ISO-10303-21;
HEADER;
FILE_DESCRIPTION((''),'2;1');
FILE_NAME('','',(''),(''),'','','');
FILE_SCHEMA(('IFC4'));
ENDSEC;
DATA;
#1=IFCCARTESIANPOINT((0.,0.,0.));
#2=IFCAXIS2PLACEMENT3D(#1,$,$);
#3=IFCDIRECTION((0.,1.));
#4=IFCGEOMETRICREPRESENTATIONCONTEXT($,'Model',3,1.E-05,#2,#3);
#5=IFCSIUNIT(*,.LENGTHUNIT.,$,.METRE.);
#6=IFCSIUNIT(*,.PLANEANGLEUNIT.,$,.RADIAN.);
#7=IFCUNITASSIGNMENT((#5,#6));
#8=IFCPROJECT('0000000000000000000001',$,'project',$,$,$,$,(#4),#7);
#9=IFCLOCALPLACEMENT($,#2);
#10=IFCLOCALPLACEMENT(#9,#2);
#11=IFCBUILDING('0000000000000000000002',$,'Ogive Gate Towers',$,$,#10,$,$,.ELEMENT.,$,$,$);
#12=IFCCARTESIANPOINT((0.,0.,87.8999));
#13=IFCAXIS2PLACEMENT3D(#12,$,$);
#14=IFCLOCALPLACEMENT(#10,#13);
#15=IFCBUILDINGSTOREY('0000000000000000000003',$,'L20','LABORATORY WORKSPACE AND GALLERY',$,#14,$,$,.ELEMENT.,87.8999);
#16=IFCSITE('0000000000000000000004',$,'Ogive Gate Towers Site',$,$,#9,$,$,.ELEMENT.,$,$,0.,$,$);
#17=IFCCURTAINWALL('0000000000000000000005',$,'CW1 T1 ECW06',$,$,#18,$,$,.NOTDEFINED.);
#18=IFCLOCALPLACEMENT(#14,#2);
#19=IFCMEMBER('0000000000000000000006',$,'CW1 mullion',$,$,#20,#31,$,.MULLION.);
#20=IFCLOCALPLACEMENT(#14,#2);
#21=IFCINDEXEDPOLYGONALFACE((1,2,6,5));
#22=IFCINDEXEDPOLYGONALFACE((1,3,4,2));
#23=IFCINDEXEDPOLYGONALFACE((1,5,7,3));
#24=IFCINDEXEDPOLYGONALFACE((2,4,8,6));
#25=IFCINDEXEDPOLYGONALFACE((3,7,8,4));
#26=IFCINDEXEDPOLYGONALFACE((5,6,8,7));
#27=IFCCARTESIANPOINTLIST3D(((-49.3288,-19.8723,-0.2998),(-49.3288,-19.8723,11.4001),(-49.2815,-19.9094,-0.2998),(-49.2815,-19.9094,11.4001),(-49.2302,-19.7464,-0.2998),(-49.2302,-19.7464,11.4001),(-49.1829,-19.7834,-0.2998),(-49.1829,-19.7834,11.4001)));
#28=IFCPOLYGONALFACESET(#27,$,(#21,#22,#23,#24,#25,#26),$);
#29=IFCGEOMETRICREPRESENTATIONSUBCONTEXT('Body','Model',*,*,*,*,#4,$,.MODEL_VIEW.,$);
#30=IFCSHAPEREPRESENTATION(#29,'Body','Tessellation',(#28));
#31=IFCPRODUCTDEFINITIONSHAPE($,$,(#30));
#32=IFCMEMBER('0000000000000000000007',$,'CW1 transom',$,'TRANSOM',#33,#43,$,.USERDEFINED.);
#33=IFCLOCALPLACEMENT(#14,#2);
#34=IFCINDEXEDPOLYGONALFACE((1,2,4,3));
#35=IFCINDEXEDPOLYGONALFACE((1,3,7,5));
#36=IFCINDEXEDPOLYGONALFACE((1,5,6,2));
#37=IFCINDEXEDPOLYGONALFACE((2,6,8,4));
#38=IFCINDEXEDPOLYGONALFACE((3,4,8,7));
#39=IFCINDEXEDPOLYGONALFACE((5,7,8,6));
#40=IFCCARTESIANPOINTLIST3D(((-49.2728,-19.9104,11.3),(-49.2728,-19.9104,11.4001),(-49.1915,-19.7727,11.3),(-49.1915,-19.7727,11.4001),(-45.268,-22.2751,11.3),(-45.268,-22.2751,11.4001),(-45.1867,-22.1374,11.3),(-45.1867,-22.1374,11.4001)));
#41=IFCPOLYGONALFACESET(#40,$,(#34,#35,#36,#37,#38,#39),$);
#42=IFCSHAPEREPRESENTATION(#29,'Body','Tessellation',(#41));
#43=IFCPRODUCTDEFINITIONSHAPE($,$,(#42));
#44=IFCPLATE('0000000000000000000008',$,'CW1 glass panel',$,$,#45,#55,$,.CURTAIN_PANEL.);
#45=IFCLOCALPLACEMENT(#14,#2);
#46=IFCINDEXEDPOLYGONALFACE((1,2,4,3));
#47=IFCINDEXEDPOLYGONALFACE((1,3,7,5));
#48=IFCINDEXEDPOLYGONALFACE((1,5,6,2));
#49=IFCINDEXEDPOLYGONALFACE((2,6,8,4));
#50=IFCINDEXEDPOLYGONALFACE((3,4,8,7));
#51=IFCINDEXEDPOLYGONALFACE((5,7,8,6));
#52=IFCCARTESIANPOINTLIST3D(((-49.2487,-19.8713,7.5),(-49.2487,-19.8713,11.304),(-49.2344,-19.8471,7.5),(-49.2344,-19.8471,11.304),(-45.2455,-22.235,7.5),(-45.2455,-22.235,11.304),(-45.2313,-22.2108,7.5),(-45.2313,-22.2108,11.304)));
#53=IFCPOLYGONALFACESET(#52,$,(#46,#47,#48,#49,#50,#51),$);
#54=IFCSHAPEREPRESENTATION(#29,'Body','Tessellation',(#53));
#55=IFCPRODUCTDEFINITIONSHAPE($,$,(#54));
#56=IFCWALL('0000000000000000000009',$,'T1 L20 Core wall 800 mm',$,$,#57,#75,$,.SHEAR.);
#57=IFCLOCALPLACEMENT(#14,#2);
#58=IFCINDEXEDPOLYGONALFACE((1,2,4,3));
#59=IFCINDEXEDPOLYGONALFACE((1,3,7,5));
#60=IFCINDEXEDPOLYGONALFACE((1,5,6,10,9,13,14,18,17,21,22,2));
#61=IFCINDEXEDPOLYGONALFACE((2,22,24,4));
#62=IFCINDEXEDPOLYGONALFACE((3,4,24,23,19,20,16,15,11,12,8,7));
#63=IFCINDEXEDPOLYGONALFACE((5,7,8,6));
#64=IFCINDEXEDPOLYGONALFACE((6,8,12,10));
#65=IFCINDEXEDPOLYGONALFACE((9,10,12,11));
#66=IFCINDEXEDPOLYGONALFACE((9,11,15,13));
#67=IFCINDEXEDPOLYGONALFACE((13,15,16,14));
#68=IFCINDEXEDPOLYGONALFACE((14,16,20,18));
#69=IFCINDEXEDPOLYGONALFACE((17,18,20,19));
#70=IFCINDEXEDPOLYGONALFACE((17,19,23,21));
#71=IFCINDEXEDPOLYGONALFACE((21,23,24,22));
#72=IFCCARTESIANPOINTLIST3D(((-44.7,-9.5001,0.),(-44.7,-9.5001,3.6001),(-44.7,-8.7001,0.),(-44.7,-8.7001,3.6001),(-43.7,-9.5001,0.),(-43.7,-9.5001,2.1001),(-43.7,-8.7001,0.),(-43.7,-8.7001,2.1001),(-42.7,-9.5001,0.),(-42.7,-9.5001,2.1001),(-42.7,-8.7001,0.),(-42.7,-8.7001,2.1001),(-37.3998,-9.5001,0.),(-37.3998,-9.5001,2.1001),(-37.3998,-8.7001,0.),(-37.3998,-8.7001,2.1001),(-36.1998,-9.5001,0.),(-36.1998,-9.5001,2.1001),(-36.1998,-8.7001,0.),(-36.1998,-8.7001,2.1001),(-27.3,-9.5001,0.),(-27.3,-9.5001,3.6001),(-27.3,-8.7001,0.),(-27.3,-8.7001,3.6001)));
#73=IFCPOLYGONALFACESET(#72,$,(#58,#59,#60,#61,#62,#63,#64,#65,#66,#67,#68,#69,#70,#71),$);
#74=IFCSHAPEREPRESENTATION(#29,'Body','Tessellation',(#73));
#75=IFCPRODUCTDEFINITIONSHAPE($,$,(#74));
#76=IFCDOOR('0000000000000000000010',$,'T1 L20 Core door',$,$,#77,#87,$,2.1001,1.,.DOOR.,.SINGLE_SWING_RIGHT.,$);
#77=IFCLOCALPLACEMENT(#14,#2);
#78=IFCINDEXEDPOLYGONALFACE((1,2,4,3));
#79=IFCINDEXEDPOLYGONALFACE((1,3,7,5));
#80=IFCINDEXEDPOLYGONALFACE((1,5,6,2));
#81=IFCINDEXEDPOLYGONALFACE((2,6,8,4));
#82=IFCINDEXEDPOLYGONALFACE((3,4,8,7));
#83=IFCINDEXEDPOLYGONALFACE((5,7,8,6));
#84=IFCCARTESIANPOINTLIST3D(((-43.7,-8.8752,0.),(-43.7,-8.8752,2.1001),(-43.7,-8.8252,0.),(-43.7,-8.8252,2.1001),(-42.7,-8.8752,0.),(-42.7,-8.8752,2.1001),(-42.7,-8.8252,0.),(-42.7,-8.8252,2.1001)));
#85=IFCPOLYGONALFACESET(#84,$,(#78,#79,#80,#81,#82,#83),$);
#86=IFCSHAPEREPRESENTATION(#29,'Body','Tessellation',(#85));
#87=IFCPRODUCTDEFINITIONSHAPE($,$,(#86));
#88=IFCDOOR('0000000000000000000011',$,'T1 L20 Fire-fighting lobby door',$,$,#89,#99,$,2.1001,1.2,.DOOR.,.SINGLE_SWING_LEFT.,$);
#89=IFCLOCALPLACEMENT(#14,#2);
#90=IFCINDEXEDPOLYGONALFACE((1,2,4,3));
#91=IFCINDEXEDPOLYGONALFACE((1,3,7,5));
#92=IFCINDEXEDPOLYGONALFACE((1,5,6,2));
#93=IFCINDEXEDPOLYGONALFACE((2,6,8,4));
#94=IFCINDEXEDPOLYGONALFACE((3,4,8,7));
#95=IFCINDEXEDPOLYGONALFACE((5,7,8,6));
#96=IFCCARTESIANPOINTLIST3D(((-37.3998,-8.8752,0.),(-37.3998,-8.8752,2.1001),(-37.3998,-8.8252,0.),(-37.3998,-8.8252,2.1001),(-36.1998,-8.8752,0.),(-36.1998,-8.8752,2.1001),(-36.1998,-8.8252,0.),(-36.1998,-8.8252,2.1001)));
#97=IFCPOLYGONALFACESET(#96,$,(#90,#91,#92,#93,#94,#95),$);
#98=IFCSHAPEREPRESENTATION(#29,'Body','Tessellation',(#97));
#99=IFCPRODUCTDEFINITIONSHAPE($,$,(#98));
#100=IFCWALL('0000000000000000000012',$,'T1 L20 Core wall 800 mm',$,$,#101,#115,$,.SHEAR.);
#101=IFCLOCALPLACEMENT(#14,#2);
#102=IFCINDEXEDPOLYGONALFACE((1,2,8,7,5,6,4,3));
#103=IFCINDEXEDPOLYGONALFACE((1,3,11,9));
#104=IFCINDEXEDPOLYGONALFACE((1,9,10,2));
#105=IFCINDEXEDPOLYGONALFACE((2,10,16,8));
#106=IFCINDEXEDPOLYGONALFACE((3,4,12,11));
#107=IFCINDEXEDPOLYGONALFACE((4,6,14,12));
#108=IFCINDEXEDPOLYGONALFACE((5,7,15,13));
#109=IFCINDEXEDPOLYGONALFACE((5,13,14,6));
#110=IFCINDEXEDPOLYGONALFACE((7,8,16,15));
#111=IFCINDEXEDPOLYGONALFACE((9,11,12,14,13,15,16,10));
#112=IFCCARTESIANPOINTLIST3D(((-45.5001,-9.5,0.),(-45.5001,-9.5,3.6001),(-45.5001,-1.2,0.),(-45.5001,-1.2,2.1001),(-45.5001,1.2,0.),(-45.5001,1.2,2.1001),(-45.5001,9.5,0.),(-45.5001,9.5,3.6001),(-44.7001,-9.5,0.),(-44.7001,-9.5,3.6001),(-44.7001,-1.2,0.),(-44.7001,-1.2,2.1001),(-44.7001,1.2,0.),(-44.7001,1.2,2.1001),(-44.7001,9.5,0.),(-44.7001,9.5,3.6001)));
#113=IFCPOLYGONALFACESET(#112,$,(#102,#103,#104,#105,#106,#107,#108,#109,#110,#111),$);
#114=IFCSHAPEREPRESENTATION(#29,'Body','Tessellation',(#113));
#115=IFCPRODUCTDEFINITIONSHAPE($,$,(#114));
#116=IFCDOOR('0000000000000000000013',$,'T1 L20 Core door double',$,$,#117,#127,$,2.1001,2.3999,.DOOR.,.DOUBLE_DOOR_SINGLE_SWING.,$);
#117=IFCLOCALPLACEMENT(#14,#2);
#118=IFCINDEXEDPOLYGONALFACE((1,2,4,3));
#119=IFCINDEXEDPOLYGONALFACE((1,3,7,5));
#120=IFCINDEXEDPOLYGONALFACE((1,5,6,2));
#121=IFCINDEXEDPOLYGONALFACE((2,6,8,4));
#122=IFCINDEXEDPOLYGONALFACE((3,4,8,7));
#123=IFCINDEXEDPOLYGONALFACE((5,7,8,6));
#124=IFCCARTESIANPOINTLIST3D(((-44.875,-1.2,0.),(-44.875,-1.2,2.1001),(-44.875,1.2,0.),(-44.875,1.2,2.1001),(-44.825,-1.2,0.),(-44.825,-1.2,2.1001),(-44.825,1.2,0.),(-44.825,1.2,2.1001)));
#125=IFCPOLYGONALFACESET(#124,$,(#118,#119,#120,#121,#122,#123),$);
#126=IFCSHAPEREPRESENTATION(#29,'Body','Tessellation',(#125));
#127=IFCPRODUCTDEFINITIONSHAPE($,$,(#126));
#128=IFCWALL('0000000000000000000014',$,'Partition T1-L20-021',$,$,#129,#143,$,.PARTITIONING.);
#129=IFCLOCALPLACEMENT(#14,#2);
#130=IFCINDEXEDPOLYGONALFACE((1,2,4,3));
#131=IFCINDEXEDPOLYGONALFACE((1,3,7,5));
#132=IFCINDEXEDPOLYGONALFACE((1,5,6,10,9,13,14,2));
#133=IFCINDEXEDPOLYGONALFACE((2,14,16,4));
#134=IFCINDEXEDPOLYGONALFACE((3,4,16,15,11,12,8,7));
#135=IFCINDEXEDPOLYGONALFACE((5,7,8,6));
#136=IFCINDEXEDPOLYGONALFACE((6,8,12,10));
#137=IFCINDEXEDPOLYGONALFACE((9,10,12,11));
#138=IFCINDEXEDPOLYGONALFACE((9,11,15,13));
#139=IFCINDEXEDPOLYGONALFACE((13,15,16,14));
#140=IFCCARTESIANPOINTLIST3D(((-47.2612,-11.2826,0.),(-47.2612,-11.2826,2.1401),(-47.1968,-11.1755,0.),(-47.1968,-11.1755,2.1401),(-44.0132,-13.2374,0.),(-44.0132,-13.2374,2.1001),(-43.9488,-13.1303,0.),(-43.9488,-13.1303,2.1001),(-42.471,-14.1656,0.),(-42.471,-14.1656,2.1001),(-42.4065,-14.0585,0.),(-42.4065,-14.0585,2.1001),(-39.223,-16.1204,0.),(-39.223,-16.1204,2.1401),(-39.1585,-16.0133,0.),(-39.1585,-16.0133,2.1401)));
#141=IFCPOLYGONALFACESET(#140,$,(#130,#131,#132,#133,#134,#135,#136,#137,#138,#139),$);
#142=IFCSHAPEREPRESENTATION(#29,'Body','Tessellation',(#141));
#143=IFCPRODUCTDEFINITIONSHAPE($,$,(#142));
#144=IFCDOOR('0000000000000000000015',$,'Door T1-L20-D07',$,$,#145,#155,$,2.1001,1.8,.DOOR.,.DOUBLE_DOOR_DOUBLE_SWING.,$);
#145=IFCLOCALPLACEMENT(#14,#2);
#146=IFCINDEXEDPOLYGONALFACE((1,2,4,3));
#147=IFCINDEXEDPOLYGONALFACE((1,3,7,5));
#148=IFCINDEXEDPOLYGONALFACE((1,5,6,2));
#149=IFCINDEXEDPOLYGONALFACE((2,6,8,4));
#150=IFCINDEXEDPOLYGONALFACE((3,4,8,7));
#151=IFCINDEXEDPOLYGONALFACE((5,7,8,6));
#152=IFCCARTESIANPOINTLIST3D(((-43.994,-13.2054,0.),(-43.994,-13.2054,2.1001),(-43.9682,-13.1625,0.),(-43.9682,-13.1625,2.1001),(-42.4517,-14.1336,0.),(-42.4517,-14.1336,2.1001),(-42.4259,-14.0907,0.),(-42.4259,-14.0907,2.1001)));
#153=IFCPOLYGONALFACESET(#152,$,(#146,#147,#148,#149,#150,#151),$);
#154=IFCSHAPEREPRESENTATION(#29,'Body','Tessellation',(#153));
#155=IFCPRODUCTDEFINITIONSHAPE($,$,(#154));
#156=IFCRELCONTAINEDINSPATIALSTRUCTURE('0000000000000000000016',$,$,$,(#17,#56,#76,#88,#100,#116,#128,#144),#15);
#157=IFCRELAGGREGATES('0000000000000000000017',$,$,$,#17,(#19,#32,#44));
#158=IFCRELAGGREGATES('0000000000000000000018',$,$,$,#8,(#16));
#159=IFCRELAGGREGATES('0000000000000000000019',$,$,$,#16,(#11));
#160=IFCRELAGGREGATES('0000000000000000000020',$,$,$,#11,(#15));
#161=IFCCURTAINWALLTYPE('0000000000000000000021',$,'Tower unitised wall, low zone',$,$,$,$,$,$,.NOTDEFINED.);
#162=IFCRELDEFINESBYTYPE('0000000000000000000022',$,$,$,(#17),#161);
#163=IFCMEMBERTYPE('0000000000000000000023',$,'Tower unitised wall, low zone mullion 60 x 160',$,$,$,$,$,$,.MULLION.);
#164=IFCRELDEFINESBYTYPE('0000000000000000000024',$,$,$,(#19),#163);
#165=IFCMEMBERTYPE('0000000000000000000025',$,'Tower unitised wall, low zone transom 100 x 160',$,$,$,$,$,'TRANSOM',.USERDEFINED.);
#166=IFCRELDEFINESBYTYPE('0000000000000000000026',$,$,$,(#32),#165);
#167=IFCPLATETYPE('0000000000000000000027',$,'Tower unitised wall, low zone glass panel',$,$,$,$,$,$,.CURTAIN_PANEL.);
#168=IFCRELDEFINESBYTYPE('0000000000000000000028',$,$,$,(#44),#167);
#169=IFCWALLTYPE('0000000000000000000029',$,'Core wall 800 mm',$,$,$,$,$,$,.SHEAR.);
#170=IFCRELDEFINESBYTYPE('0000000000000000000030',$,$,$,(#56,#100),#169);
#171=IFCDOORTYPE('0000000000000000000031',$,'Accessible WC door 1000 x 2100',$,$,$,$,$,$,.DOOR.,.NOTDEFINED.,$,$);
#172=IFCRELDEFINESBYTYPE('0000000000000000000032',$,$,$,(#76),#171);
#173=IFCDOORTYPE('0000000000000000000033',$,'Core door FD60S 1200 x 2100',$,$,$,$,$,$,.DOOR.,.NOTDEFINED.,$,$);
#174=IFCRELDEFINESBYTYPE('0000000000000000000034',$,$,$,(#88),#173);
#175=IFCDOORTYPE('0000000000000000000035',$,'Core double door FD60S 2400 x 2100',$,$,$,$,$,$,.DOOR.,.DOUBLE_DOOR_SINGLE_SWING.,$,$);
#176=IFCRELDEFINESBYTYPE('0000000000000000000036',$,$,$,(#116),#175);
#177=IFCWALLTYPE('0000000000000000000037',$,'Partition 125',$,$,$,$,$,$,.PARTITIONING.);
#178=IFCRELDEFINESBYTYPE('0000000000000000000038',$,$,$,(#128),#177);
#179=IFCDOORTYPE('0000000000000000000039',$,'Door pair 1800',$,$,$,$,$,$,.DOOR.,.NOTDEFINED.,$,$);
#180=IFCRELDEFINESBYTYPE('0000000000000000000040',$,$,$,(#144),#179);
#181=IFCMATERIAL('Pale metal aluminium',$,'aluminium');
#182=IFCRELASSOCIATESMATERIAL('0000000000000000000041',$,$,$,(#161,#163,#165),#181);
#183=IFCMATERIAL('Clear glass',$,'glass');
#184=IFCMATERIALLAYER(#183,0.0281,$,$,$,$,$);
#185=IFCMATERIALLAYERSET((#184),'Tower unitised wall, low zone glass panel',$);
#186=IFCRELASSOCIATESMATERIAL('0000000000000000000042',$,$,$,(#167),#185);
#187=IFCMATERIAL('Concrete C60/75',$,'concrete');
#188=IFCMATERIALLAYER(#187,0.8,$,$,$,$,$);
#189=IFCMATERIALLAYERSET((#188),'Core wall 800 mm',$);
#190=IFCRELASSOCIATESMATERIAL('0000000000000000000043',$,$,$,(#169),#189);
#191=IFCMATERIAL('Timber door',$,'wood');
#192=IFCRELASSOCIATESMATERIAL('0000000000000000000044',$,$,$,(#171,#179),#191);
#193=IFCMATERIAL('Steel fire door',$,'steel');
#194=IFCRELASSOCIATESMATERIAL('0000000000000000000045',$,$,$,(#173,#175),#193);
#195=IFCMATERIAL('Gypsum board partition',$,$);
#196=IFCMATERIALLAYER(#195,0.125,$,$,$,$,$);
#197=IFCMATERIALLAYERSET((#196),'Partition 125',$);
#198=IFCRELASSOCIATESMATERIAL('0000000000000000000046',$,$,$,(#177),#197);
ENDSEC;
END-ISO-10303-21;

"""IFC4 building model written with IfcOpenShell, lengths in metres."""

from ifc_helpers import new_model, si_unit, direction, frame, frame_2d, origin, origin_2d, place, context, subcontext, project, spatial, rectangle, extrude, material, layer, layer_set, material_profile, profile_set, type_object, element, fill, aggregate, save


model = new_model("IFC4")

# Units and contexts
model_context = context("Model", 3, precision=1e-05, world=origin(), true_north=direction((0.0, 1.0)))
body_context = subcontext(model_context, "Body", "Model", "MODEL_VIEW")
ifc_project = project(units=[si_unit("LENGTHUNIT", "METRE"), si_unit("PLANEANGLEUNIT", "RADIAN")], contexts=[model_context])

# Site, building, storey
site_placement = place(None, origin())
site = spatial("IfcSite", under=ifc_project, at=site_placement, Name="Ogive Gate Towers Site", CompositionType="ELEMENT", RefElevation=0.0)
building_placement = place(site_placement, origin())
building = spatial("IfcBuilding", under=site, at=building_placement, Name="Ogive Gate Towers", CompositionType="ELEMENT")
storey_placement = place(building_placement, frame((0.0, 0.0, 87.8999)))
storey = spatial("IfcBuildingStorey", under=building, at=storey_placement, Name="L20", Description="LABORATORY WORKSPACE AND GALLERY", CompositionType="ELEMENT", Elevation=87.8999)

# Curtain wall, members, plate
ifc_material_1 = material(Name="Pale metal aluminium", Category="aluminium")
curtain_wall_type = type_object("IfcCurtainWallType", Name="Tower unitised wall, low zone", PredefinedType="NOTDEFINED", material=ifc_material_1)
curtain_wall_placement = place(storey_placement, origin())
curtain_wall = element("IfcCurtainWall", 1, at=curtain_wall_placement, inside=storey, type_object=curtain_wall_type, Name="CW1 T1 ECW06", PredefinedType="NOTDEFINED")
ifc_material_profile_1 = material_profile(ifc_material_1, rectangle(XDim=0.1599, YDim=0.0601, at=origin_2d()), Name="60 x 160 aluminium box")
ifc_profile_set_1 = profile_set([ifc_material_profile_1], Name="Pale metal aluminium")
member_type_1 = type_object("IfcMemberType", Name="Tower unitised wall, low zone mullion 60 x 160", PredefinedType="MULLION", material=ifc_profile_set_1)
member_1_placement = place(storey_placement, frame((-49.2559, -19.8279, -0.2998), z_axis=(0.0, 0.0, 1.0), x_axis=(-0.616321, -0.787495, 0.0)))
member_1 = element("IfcMember", 2, at=member_1_placement, type_object=member_type_1, Name="CW1 mullion", PredefinedType="MULLION", context=body_context, shape_type="SweptSolid", body=[
    extrude(rectangle(XDim=0.1599, YDim=0.0601, at=origin_2d()), origin(), (0.0, 0.0, 1.0), 11.7),
])
ifc_material_profile_2 = material_profile(ifc_material_1, rectangle(XDim=0.1599, YDim=0.1001, at=origin_2d()), Name="100 x 160 aluminium box")
ifc_profile_set_2 = profile_set([ifc_material_profile_2], Name="Pale metal aluminium")
member_type_2 = type_object("IfcMemberType", Name="Tower unitised wall, low zone transom 100 x 160", ElementType="TRANSOM", PredefinedType="USERDEFINED", material=ifc_profile_set_2)
member_2_placement = place(storey_placement, frame((-49.2322, -19.8416, 11.3501), z_axis=(0.861094, -0.508446, 0.0), x_axis=(0.508446, 0.861094, 0.0)))
member_2 = element("IfcMember", 3, at=member_2_placement, type_object=member_type_2, Name="CW1 transom", ObjectType="TRANSOM", PredefinedType="USERDEFINED", context=body_context, shape_type="SweptSolid", body=[
    extrude(rectangle(XDim=0.1599, YDim=0.1001, at=origin_2d()), origin(), (0.0, 0.0, 1.0), 4.6509),
])
ifc_material_2 = material(Name="Clear glass", Category="glass")
ifc_layer_1 = layer(ifc_material_2, 0.0281)
ifc_layer_set_1 = layer_set([ifc_layer_1], Name="Tower unitised wall, low zone glass panel")
plate_type = type_object("IfcPlateType", Name="Tower unitised wall, low zone glass panel", PredefinedType="CURTAIN_PANEL", material=ifc_layer_set_1)
plate_placement = place(storey_placement, frame((-47.24, -21.041, 7.5), z_axis=(0.0, 0.0, 1.0), x_axis=(0.861097, -0.50844, 0.0)))
plate = element("IfcPlate", 4, at=plate_placement, type_object=plate_type, Name="CW1 glass panel", PredefinedType="CURTAIN_PANEL", context=body_context, shape_type="SweptSolid", body=[
    extrude(rectangle(XDim=4.6489, YDim=0.0281, at=origin_2d()), origin(), (0.0, 0.0, 1.0), 3.804),
])
aggregate(curtain_wall, [member_1, member_2, plate])

# Wall, openings, doors
ifc_material_3 = material(Name="Concrete C60/75", Category="concrete")
ifc_layer_2 = layer(ifc_material_3, 0.8)
ifc_layer_set_2 = layer_set([ifc_layer_2], Name="Core wall 800 mm")
wall_type_1 = type_object("IfcWallType", Name="Core wall 800 mm", PredefinedType="SHEAR", material=ifc_layer_set_2)
wall_1_placement = place(storey_placement, frame((-44.7, -9.1001, 0.0), z_axis=(0.0, 0.0, 1.0), x_axis=(1.0, 0.0, 0.0)))
wall_1 = element("IfcWall", 5, at=wall_1_placement, inside=storey, type_object=wall_type_1, Name="T1 L20 Core wall 800 mm", PredefinedType="SHEAR", context=body_context, shape_type="SweptSolid", body=[
    extrude(rectangle(XDim=17.3999, YDim=0.8, at=frame_2d((8.7, 0.0))), origin(), (0.0, 0.0, 1.0), 3.6001),
])
opening_1_placement = place(wall_1_placement, frame((7.3, 0.0, 0.0)))
opening_1 = element("IfcOpeningElement", 6, at=opening_1_placement, cuts=wall_1, PredefinedType="OPENING", context=body_context, shape_type="SweptSolid", body=[
    extrude(rectangle(XDim=1.2, YDim=2.1001, at=frame_2d((0.6001, 1.05))), frame((0.0, 0.4102, 0.0), z_axis=(0.0, -1.0, 0.0), x_axis=(1.0, 0.0, 0.0)), (0.0, 0.0, 1.0), 0.8201),
])
opening_2_placement = place(wall_1_placement, frame((1.0, 0.0, 0.0)))
opening_2 = element("IfcOpeningElement", 7, at=opening_2_placement, cuts=wall_1, PredefinedType="OPENING", context=body_context, shape_type="SweptSolid", body=[
    extrude(rectangle(XDim=1.0, YDim=2.1001, at=frame_2d((0.5, 1.05))), frame((0.0, 0.4102, 0.0), z_axis=(0.0, -1.0, 0.0), x_axis=(1.0, 0.0, 0.0)), (0.0, 0.0, 1.0), 0.8201),
])
ifc_material_4 = material(Name="Timber door", Category="wood")
door_type_1 = type_object("IfcDoorType", Name="Accessible WC door 1000 x 2100", OperationType="NOTDEFINED", PredefinedType="DOOR", material=ifc_material_4)
door_1_placement = place(opening_2_placement, origin())
door_1 = element("IfcDoor", 8, at=door_1_placement, inside=storey, type_object=door_type_1, Name="T1 L20 Core door", OperationType="SINGLE_SWING_RIGHT", OverallHeight=2.1001, OverallWidth=1.0, PredefinedType="DOOR", context=body_context, shape_type="SweptSolid", body=[
    extrude(rectangle(XDim=1.0, YDim=2.1001, at=frame_2d((0.5, 1.05))), frame((0.0, 0.2749, 0.0), z_axis=(0.0, -1.0, 0.0), x_axis=(1.0, 0.0, 0.0)), (0.0, 0.0, 1.0), 0.05),
])
fill(opening_2, door_1)
ifc_material_5 = material(Name="Steel fire door", Category="steel")
door_type_2 = type_object("IfcDoorType", Name="Core door FD60S 1200 x 2100", OperationType="NOTDEFINED", PredefinedType="DOOR", material=ifc_material_5)
door_2_placement = place(opening_1_placement, origin())
door_2 = element("IfcDoor", 9, at=door_2_placement, inside=storey, type_object=door_type_2, Name="T1 L20 Fire-fighting lobby door", OperationType="SINGLE_SWING_LEFT", OverallHeight=2.1001, OverallWidth=1.2, PredefinedType="DOOR", context=body_context, shape_type="SweptSolid", body=[
    extrude(rectangle(XDim=1.2, YDim=2.1001, at=frame_2d((0.6001, 1.05))), frame((0.0, 0.2749, 0.0), z_axis=(0.0, -1.0, 0.0), x_axis=(1.0, 0.0, 0.0)), (0.0, 0.0, 1.0), 0.05),
])
fill(opening_1, door_2)

# Walls, openings, doors
wall_2_placement = place(storey_placement, frame((-45.1001, -9.5, 0.0), z_axis=(0.0, 0.0, 1.0), x_axis=(0.0, 1.0, 0.0)))
wall_2 = element("IfcWall", 10, at=wall_2_placement, inside=storey, type_object=wall_type_1, Name="T1 L20 Core wall 800 mm", PredefinedType="SHEAR", context=body_context, shape_type="SweptSolid", body=[
    extrude(rectangle(XDim=19.0, YDim=0.8, at=frame_2d((9.5, 0.0))), origin(), (0.0, 0.0, 1.0), 3.6001),
])
opening_3_placement = place(wall_2_placement, frame((8.3, 0.0, 0.0)))
opening_3 = element("IfcOpeningElement", 11, at=opening_3_placement, cuts=wall_2, PredefinedType="OPENING", context=body_context, shape_type="SweptSolid", body=[
    extrude(rectangle(XDim=2.3999, YDim=2.1001, at=frame_2d((1.2, 1.05))), frame((0.0, 0.4102, 0.0), z_axis=(0.0, -1.0, 0.0), x_axis=(1.0, 0.0, 0.0)), (0.0, 0.0, 1.0), 0.8201),
])
door_type_3 = type_object("IfcDoorType", Name="Core double door FD60S 2400 x 2100", OperationType="DOUBLE_DOOR_SINGLE_SWING", PredefinedType="DOOR", material=ifc_material_5)
door_3_placement = place(opening_3_placement, origin())
door_3 = element("IfcDoor", 12, at=door_3_placement, inside=storey, type_object=door_type_3, Name="T1 L20 Core door double", OperationType="DOUBLE_DOOR_SINGLE_SWING", OverallHeight=2.1001, OverallWidth=2.3999, PredefinedType="DOOR", context=body_context, shape_type="SweptSolid", body=[
    extrude(rectangle(XDim=2.3999, YDim=2.1001, at=frame_2d((1.2, 1.05))), frame((0.0, -0.2251, 0.0), z_axis=(0.0, -1.0, 0.0), x_axis=(1.0, 0.0, 0.0)), (0.0, 0.0, 1.0), 0.05),
])
fill(opening_3, door_3)
ifc_material_6 = material(Name="Gypsum board partition")
ifc_layer_3 = layer(ifc_material_6, 0.125)
ifc_layer_set_3 = layer_set([ifc_layer_3], Name="Partition 125")
wall_type_2 = type_object("IfcWallType", Name="Partition 125", PredefinedType="PARTITIONING", material=ifc_layer_set_3)
wall_3_placement = place(storey_placement, frame((-47.229, -11.229, 0.0), z_axis=(0.0, 0.0, 1.0), x_axis=(0.856792, -0.515662, 0.0)))
wall_3 = element("IfcWall", 13, at=wall_3_placement, inside=storey, type_object=wall_type_2, Name="Partition T1-L20-021", PredefinedType="PARTITIONING", context=body_context, shape_type="SweptSolid", body=[
    extrude(rectangle(XDim=9.3818, YDim=0.125, at=frame_2d((4.6909, 0.0))), origin(), (0.0, 0.0, 1.0), 2.1401),
])
opening_4_placement = place(wall_3_placement, frame((3.791, 0.0, 0.0)))
opening_4 = element("IfcOpeningElement", 14, at=opening_4_placement, cuts=wall_3, PredefinedType="OPENING", context=body_context, shape_type="SweptSolid", body=[
    extrude(rectangle(XDim=1.8, YDim=2.1001, at=frame_2d((0.8999, 1.05))), frame((0.0, 0.0725, 0.0), z_axis=(0.0, -1.0, 0.0), x_axis=(1.0, 0.0, 0.0)), (0.0, 0.0, 1.0), 0.145),
])
door_type_4 = type_object("IfcDoorType", Name="Door pair 1800", OperationType="NOTDEFINED", PredefinedType="DOOR", material=ifc_material_4)
door_4_placement = place(opening_4_placement, origin())
door_4 = element("IfcDoor", 15, at=door_4_placement, inside=storey, type_object=door_type_4, Name="Door T1-L20-D07", OperationType="DOUBLE_DOOR_DOUBLE_SWING", OverallHeight=2.1001, OverallWidth=1.8, PredefinedType="DOOR", context=body_context, shape_type="SweptSolid", body=[
    extrude(rectangle(XDim=1.8, YDim=2.1001, at=frame_2d((0.8999, 1.05))), frame((0.0, 0.0249, 0.0), z_axis=(0.0, -1.0, 0.0), x_axis=(1.0, 0.0, 0.0)), (0.0, 0.0, 1.0), 0.05),
])
fill(opening_4, door_4)

save(model, "model.ifc")
